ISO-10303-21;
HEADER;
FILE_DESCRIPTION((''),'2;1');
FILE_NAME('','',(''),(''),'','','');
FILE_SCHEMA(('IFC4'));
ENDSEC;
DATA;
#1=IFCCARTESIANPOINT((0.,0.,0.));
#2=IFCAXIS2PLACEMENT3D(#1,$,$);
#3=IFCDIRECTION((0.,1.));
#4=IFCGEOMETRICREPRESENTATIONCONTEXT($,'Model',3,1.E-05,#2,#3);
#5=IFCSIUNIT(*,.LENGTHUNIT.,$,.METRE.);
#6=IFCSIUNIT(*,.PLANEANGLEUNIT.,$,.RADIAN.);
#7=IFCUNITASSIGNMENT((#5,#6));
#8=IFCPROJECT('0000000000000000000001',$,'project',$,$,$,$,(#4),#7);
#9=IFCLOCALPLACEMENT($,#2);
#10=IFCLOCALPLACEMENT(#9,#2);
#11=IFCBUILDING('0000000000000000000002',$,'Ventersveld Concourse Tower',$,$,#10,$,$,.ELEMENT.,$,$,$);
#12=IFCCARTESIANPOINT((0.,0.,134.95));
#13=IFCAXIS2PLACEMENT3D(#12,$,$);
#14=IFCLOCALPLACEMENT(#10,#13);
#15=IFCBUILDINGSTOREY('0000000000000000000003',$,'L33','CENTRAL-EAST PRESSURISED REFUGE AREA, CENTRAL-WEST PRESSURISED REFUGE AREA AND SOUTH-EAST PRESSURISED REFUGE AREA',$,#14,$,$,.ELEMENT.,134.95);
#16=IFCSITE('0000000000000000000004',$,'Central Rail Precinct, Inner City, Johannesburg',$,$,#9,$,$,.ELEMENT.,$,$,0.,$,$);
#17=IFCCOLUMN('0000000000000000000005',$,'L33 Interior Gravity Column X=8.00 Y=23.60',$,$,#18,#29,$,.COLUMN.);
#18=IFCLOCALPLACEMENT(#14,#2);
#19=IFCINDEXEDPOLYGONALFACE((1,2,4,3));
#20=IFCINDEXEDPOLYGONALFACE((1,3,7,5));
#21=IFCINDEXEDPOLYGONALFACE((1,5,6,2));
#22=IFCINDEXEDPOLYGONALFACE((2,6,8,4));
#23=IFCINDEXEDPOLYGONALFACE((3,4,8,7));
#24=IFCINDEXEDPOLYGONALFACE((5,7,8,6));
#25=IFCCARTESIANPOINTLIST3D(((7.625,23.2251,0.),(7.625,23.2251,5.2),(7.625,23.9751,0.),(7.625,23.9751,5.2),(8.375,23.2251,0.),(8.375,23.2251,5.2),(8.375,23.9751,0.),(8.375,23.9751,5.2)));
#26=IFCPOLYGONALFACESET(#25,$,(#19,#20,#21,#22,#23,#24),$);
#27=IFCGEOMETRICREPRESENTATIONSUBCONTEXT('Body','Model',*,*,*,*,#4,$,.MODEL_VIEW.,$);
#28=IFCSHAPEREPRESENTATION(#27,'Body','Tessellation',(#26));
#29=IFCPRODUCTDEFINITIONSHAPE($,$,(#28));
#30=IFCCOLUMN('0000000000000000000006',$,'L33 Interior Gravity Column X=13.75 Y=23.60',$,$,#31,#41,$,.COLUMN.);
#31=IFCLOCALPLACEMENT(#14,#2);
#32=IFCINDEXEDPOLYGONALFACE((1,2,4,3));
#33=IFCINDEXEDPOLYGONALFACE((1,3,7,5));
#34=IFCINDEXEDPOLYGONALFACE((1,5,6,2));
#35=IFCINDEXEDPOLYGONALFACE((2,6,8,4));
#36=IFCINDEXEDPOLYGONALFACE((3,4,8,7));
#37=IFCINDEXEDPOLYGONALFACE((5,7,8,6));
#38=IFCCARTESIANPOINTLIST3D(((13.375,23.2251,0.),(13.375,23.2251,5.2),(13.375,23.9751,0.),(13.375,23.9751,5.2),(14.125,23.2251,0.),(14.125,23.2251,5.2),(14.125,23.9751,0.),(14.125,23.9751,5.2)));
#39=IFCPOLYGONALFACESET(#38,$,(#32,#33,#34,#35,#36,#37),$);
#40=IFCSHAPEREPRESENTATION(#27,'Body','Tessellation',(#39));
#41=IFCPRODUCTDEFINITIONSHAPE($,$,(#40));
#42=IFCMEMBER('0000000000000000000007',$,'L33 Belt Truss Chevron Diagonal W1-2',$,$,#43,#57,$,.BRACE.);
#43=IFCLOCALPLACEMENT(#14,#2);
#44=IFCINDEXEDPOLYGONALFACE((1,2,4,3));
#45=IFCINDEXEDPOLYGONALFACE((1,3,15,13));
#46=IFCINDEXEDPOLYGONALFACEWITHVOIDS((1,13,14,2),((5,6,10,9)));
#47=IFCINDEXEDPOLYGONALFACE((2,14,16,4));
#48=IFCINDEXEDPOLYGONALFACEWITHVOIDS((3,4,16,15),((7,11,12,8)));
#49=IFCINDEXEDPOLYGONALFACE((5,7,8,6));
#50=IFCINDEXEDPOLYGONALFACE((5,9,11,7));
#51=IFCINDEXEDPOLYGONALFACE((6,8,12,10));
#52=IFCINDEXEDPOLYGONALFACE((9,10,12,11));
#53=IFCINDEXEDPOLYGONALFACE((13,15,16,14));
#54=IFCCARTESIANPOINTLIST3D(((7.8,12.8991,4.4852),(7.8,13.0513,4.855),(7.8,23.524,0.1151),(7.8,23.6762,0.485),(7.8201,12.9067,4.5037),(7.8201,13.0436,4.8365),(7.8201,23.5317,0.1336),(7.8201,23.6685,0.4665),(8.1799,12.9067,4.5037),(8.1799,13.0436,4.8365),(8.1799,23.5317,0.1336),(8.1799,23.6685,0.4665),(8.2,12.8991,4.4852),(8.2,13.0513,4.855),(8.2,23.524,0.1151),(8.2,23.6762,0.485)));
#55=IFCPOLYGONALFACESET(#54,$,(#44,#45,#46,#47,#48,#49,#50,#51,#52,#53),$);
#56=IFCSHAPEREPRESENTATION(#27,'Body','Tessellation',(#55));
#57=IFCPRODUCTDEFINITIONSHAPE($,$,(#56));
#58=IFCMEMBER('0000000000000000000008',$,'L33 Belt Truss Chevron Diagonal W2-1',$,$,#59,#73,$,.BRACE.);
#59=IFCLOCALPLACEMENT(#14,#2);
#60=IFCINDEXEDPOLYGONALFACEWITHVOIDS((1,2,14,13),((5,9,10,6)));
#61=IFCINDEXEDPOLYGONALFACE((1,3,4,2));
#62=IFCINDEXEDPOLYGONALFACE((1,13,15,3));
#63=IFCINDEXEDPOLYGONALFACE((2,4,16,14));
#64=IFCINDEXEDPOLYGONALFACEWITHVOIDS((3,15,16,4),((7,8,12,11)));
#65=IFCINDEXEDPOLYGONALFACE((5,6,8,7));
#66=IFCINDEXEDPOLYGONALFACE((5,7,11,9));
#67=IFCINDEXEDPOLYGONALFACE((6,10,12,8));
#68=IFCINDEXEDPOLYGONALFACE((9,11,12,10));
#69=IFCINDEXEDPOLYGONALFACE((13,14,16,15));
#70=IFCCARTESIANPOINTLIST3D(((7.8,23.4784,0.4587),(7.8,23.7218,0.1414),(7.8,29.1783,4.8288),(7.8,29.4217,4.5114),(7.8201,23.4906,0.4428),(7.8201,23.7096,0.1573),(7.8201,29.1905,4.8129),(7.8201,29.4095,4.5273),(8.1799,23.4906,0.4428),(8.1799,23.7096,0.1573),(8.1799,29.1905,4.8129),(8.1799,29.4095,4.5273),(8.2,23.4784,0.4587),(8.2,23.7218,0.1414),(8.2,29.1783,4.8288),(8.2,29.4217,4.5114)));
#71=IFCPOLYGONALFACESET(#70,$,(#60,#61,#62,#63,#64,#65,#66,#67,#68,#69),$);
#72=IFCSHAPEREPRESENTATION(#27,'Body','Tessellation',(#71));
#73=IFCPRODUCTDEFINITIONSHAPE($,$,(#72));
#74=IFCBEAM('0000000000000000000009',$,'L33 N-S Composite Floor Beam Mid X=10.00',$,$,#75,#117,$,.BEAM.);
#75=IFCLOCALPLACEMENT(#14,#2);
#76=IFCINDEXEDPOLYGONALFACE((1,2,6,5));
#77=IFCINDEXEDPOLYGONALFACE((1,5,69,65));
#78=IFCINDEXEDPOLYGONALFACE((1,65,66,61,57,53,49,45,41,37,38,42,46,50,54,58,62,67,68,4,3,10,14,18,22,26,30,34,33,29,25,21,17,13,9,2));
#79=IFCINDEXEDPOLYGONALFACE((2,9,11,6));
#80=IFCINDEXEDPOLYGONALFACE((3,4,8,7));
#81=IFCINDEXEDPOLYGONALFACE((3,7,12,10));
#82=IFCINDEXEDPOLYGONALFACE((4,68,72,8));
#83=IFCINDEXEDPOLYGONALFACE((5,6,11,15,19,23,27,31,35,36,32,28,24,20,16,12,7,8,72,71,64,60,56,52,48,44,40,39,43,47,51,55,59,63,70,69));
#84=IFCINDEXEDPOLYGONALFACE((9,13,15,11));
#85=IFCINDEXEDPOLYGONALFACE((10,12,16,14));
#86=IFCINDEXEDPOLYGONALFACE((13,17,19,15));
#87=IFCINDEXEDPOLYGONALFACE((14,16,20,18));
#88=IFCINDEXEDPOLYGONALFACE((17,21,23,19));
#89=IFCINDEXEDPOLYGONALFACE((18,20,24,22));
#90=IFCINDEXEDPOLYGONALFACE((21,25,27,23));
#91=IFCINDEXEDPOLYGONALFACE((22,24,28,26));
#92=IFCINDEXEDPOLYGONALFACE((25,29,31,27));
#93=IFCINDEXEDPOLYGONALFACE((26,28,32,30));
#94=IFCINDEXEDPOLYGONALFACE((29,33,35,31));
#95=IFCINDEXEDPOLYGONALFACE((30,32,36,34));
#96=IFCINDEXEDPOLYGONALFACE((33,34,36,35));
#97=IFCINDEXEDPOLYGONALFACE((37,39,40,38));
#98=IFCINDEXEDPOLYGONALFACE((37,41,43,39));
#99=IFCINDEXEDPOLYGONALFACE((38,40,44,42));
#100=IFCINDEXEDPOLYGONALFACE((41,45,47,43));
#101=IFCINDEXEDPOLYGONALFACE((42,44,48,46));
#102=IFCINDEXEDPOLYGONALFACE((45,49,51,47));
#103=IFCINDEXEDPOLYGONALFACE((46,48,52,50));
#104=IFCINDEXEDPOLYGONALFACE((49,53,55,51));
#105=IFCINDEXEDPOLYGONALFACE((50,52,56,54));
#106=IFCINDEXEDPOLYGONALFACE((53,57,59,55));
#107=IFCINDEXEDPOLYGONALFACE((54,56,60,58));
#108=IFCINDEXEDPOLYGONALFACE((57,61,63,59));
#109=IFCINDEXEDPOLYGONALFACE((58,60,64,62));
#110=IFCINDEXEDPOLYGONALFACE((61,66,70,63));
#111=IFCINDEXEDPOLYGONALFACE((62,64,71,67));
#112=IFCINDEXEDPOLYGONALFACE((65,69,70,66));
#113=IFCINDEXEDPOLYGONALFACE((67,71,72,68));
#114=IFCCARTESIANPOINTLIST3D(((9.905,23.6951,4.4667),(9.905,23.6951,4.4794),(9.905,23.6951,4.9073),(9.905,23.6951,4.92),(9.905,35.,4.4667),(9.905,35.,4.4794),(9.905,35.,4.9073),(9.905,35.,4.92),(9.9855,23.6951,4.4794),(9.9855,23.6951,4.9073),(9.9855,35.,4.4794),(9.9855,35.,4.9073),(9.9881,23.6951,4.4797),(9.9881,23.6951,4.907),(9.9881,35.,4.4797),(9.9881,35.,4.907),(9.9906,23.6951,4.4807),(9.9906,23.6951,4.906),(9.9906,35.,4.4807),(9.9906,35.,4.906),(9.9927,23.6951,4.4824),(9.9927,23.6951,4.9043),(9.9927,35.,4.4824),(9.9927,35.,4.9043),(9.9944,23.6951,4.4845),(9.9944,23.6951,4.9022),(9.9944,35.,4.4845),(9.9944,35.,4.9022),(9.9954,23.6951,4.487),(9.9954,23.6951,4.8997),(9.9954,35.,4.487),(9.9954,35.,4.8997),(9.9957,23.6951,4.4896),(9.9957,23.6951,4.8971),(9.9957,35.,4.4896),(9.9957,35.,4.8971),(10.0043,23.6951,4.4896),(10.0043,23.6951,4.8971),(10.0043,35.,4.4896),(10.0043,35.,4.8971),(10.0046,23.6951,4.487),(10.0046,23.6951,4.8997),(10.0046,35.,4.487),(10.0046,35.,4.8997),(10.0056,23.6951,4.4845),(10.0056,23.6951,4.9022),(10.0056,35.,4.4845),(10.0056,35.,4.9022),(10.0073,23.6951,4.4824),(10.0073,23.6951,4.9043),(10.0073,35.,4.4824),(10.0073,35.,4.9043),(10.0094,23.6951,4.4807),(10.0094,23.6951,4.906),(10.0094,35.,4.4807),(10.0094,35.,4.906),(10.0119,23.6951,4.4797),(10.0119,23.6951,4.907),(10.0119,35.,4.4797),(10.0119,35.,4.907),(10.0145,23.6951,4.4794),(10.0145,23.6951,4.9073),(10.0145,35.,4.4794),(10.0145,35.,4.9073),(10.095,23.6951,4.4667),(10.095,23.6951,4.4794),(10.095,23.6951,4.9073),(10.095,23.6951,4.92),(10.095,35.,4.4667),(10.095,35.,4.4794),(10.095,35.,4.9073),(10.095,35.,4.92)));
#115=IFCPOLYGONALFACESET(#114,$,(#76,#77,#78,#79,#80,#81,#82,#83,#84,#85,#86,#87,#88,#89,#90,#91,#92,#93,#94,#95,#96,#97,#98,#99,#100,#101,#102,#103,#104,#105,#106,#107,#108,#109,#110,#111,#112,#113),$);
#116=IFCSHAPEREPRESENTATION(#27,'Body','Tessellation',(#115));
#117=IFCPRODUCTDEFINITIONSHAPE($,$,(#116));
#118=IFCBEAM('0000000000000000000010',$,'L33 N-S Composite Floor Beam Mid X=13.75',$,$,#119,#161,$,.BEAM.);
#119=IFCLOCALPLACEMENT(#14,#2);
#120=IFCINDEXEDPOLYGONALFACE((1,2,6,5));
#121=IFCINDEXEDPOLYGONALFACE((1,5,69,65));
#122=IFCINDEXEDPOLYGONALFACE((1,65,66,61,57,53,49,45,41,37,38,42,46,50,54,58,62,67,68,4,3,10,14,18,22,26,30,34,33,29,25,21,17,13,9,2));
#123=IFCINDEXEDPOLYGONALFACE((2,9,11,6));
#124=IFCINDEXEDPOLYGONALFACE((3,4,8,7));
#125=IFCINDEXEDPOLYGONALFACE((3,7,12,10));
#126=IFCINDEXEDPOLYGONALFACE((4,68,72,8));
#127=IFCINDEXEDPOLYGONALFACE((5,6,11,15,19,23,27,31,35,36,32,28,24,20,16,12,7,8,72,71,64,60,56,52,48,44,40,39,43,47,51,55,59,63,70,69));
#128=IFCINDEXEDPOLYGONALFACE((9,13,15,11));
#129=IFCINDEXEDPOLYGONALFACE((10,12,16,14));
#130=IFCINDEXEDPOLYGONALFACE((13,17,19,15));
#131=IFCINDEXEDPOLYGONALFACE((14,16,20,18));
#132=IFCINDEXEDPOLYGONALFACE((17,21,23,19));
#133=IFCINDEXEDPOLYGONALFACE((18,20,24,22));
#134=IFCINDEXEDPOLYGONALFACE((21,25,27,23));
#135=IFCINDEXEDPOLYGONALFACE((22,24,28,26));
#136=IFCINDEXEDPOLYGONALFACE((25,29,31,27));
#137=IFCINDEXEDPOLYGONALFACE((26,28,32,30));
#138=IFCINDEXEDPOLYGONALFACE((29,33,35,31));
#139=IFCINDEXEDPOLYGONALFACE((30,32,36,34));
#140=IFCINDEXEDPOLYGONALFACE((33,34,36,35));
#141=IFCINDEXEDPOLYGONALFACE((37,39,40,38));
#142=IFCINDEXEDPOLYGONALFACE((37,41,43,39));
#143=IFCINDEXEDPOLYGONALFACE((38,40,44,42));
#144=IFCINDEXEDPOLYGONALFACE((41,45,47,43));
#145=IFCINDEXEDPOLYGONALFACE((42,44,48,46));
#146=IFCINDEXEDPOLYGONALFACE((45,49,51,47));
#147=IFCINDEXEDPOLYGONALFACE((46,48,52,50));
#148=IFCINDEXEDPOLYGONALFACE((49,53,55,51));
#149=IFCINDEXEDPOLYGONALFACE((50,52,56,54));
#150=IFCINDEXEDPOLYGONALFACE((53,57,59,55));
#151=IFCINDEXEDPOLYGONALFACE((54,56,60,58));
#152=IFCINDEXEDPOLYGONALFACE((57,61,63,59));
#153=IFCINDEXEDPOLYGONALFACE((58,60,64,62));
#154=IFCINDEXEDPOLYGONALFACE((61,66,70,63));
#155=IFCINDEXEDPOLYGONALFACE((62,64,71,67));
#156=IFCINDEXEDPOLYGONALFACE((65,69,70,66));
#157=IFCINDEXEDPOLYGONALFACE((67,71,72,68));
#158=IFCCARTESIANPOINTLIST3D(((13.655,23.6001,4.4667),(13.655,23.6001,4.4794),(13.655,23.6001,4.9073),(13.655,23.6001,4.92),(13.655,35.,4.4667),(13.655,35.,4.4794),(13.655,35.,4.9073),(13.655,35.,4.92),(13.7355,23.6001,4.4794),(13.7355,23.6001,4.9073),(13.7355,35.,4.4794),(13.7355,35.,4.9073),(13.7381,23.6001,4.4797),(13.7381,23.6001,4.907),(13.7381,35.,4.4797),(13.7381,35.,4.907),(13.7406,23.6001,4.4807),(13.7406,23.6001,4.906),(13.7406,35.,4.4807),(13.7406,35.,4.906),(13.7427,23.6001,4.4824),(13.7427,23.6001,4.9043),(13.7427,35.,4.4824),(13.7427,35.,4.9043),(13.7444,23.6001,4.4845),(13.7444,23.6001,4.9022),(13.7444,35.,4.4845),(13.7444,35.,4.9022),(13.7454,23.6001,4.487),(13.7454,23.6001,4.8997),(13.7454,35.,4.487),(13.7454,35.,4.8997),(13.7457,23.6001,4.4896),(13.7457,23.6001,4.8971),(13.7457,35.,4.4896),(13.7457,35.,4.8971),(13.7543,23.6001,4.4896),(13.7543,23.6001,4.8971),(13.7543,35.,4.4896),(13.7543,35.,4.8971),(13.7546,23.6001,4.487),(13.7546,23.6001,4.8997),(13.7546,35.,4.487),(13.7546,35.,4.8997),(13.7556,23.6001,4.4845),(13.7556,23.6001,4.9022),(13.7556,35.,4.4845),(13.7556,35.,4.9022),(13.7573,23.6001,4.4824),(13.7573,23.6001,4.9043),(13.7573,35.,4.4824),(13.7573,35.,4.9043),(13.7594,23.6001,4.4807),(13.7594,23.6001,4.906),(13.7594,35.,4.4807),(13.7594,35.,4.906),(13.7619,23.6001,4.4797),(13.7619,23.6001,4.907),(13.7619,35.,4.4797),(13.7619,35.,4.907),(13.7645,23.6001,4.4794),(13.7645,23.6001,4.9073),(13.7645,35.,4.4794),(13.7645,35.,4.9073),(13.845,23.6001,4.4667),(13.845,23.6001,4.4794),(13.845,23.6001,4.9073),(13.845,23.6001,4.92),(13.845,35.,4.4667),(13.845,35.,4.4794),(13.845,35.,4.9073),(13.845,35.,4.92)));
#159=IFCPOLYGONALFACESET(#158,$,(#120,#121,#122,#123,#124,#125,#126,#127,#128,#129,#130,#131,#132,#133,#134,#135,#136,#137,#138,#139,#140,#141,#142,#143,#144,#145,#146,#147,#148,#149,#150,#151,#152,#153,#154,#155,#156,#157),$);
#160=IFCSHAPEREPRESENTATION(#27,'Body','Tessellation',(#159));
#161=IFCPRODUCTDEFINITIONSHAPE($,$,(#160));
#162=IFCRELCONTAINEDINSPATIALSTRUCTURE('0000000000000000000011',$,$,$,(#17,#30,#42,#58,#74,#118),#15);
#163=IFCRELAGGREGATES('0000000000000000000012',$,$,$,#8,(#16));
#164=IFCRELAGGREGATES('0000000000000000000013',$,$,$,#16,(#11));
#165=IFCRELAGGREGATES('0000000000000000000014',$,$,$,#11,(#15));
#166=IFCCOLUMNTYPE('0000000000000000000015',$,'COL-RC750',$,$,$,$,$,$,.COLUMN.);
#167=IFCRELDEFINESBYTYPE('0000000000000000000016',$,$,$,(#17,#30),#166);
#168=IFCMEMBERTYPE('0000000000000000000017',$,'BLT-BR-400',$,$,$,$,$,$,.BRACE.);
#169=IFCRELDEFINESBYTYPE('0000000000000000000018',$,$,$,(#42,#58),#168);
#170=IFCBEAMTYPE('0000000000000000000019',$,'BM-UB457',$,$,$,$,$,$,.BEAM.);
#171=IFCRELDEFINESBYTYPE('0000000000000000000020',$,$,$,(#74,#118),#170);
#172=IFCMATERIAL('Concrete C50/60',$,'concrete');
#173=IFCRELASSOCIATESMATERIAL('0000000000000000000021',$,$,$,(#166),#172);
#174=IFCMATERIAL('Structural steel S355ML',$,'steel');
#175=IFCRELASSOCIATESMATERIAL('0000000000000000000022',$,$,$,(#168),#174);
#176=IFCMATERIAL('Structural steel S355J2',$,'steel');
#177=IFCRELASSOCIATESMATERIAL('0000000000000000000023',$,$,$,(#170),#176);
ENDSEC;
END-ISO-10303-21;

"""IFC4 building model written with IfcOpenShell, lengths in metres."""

from ifc_helpers import new_model, si_unit, direction, frame, origin, origin_2d, place, context, subcontext, project, spatial, rectangle, hollow_rectangle, i_section, extrude, material, material_profile, profile_set, type_object, element, save


model = new_model("IFC4")

# Units and contexts
model_context = context("Model", 3, precision=1e-05, world=origin(), true_north=direction((0.0, 1.0)))
body_context = subcontext(model_context, "Body", "Model", "MODEL_VIEW")
ifc_project = project(units=[si_unit("LENGTHUNIT", "METRE"), si_unit("PLANEANGLEUNIT", "RADIAN")], contexts=[model_context])

# Site, building, storey
site_placement = place(None, origin())
site = spatial("IfcSite", under=ifc_project, at=site_placement, Name="Central Rail Precinct, Inner City, Johannesburg", CompositionType="ELEMENT", RefElevation=0.0)
building_placement = place(site_placement, origin())
building = spatial("IfcBuilding", under=site, at=building_placement, Name="Ventersveld Concourse Tower", CompositionType="ELEMENT")
storey_placement = place(building_placement, frame((0.0, 0.0, 134.95)))
storey = spatial("IfcBuildingStorey", under=building, at=storey_placement, Name="L33", Description="CENTRAL-EAST PRESSURISED REFUGE AREA, CENTRAL-WEST PRESSURISED REFUGE AREA AND SOUTH-EAST PRESSURISED REFUGE AREA", CompositionType="ELEMENT", Elevation=134.95)

# Columns
ifc_material_1 = material(Name="Concrete C50/60", Category="concrete")
ifc_material_profile_1 = material_profile(ifc_material_1, rectangle(XDim=0.75, YDim=0.75, at=origin_2d()), Name="RC 750x750")
ifc_profile_set_1 = profile_set([ifc_material_profile_1], Name="Concrete C50/60")
column_type = type_object("IfcColumnType", Name="COL-RC750", PredefinedType="COLUMN", material=ifc_profile_set_1)
for number, where, z_axis, x_axis, name in (
    (1, (8.0, 23.6001, 0.0), (0.0, 0.0, 1.0), (1.0, 0.0, 0.0), "L33 Interior Gravity Column X=8.00 Y=23.60"),
    (2, (13.75, 23.6001, 0.0), (0.0, 0.0, 1.0), (1.0, 0.0, 0.0), "L33 Interior Gravity Column X=13.75 Y=23.60"),
):
    element("IfcColumn", number, at=place(storey_placement, frame(where, z_axis=z_axis, x_axis=x_axis)), inside=storey, type_object=column_type, Name=name, PredefinedType="COLUMN", context=body_context, shape_type="SweptSolid", body=[
        extrude(rectangle(XDim=0.75, YDim=0.75, at=origin_2d()), origin(), (0.0, 0.0, 1.0), 5.2),
    ])

# Members
ifc_material_2 = material(Name="Structural steel S355ML", Category="steel")
ifc_material_profile_2 = material_profile(ifc_material_2, hollow_rectangle(XDim=0.3999, YDim=0.3999, WallThickness=0.02, at=origin_2d()), Name="SHS 400x400x20")
ifc_profile_set_2 = profile_set([ifc_material_profile_2], Name="Structural steel S355ML")
member_type_1 = type_object("IfcMemberType", Name="BLT-BR-400", PredefinedType="BRACE", material=ifc_profile_set_2)
member_1_placement = place(storey_placement, frame((8.0, 23.6001, 0.3), z_axis=(0.0, -0.924828, 0.380386), x_axis=(1.0, 0.0, 0.0)))
element("IfcMember", 3, at=member_1_placement, inside=storey, type_object=member_type_1, Name="L33 Belt Truss Chevron Diagonal W1-2", PredefinedType="BRACE", context=body_context, shape_type="SweptSolid", body=[
    extrude(hollow_rectangle(XDim=0.3999, YDim=0.3999, WallThickness=0.02, at=origin_2d()), origin(), (0.0, 0.0, 1.0), 11.4885),
])
member_2_placement = place(storey_placement, frame((8.0, 23.6001, 0.3), z_axis=(0.0, 0.793596, 0.608445), x_axis=(-1.0, 0.0, 0.0)))
element("IfcMember", 4, at=member_2_placement, inside=storey, type_object=member_type_1, Name="L33 Belt Truss Chevron Diagonal W2-1", PredefinedType="BRACE", context=body_context, shape_type="SweptSolid", body=[
    extrude(hollow_rectangle(XDim=0.3999, YDim=0.3999, WallThickness=0.02, at=origin_2d()), origin(), (0.0, 0.0, 1.0), 7.1824),
])

# Beams
ifc_material_3 = material(Name="Structural steel S355J2", Category="steel")
ifc_material_profile_3 = material_profile(ifc_material_3, i_section(OverallWidth=0.1899, OverallDepth=0.4534, WebThickness=0.0085, FlangeThickness=0.0127, FilletRadius=0.0103, at=origin_2d()), Name="UB 457x191x67")
ifc_profile_set_3 = profile_set([ifc_material_profile_3], Name="Structural steel S355J2")
beam_type_1 = type_object("IfcBeamType", Name="BM-UB457", PredefinedType="BEAM", material=ifc_profile_set_3)
beam_1_placement = place(storey_placement, frame((10.0, 23.6951, 4.6934), z_axis=(0.0, 1.0, 0.0), x_axis=(-1.0, 0.0, 0.0)))
element("IfcBeam", 5, at=beam_1_placement, inside=storey, type_object=beam_type_1, Name="L33 N-S Composite Floor Beam Mid X=10.00", PredefinedType="BEAM", context=body_context, shape_type="SweptSolid", body=[
    extrude(i_section(OverallWidth=0.1899, OverallDepth=0.4534, WebThickness=0.0085, FlangeThickness=0.0127, FilletRadius=0.0103, at=origin_2d()), origin(), (0.0, 0.0, 1.0), 11.3049),
])
beam_2_placement = place(storey_placement, frame((13.75, 23.6001, 4.6934), z_axis=(0.0, 1.0, 0.0), x_axis=(-1.0, 0.0, 0.0)))
element("IfcBeam", 6, at=beam_2_placement, inside=storey, type_object=beam_type_1, Name="L33 N-S Composite Floor Beam Mid X=13.75", PredefinedType="BEAM", context=body_context, shape_type="SweptSolid", body=[
    extrude(i_section(OverallWidth=0.1899, OverallDepth=0.4534, WebThickness=0.0085, FlangeThickness=0.0127, FilletRadius=0.0103, at=origin_2d()), origin(), (0.0, 0.0, 1.0), 11.3999),
])

save(model, "model.ifc")
